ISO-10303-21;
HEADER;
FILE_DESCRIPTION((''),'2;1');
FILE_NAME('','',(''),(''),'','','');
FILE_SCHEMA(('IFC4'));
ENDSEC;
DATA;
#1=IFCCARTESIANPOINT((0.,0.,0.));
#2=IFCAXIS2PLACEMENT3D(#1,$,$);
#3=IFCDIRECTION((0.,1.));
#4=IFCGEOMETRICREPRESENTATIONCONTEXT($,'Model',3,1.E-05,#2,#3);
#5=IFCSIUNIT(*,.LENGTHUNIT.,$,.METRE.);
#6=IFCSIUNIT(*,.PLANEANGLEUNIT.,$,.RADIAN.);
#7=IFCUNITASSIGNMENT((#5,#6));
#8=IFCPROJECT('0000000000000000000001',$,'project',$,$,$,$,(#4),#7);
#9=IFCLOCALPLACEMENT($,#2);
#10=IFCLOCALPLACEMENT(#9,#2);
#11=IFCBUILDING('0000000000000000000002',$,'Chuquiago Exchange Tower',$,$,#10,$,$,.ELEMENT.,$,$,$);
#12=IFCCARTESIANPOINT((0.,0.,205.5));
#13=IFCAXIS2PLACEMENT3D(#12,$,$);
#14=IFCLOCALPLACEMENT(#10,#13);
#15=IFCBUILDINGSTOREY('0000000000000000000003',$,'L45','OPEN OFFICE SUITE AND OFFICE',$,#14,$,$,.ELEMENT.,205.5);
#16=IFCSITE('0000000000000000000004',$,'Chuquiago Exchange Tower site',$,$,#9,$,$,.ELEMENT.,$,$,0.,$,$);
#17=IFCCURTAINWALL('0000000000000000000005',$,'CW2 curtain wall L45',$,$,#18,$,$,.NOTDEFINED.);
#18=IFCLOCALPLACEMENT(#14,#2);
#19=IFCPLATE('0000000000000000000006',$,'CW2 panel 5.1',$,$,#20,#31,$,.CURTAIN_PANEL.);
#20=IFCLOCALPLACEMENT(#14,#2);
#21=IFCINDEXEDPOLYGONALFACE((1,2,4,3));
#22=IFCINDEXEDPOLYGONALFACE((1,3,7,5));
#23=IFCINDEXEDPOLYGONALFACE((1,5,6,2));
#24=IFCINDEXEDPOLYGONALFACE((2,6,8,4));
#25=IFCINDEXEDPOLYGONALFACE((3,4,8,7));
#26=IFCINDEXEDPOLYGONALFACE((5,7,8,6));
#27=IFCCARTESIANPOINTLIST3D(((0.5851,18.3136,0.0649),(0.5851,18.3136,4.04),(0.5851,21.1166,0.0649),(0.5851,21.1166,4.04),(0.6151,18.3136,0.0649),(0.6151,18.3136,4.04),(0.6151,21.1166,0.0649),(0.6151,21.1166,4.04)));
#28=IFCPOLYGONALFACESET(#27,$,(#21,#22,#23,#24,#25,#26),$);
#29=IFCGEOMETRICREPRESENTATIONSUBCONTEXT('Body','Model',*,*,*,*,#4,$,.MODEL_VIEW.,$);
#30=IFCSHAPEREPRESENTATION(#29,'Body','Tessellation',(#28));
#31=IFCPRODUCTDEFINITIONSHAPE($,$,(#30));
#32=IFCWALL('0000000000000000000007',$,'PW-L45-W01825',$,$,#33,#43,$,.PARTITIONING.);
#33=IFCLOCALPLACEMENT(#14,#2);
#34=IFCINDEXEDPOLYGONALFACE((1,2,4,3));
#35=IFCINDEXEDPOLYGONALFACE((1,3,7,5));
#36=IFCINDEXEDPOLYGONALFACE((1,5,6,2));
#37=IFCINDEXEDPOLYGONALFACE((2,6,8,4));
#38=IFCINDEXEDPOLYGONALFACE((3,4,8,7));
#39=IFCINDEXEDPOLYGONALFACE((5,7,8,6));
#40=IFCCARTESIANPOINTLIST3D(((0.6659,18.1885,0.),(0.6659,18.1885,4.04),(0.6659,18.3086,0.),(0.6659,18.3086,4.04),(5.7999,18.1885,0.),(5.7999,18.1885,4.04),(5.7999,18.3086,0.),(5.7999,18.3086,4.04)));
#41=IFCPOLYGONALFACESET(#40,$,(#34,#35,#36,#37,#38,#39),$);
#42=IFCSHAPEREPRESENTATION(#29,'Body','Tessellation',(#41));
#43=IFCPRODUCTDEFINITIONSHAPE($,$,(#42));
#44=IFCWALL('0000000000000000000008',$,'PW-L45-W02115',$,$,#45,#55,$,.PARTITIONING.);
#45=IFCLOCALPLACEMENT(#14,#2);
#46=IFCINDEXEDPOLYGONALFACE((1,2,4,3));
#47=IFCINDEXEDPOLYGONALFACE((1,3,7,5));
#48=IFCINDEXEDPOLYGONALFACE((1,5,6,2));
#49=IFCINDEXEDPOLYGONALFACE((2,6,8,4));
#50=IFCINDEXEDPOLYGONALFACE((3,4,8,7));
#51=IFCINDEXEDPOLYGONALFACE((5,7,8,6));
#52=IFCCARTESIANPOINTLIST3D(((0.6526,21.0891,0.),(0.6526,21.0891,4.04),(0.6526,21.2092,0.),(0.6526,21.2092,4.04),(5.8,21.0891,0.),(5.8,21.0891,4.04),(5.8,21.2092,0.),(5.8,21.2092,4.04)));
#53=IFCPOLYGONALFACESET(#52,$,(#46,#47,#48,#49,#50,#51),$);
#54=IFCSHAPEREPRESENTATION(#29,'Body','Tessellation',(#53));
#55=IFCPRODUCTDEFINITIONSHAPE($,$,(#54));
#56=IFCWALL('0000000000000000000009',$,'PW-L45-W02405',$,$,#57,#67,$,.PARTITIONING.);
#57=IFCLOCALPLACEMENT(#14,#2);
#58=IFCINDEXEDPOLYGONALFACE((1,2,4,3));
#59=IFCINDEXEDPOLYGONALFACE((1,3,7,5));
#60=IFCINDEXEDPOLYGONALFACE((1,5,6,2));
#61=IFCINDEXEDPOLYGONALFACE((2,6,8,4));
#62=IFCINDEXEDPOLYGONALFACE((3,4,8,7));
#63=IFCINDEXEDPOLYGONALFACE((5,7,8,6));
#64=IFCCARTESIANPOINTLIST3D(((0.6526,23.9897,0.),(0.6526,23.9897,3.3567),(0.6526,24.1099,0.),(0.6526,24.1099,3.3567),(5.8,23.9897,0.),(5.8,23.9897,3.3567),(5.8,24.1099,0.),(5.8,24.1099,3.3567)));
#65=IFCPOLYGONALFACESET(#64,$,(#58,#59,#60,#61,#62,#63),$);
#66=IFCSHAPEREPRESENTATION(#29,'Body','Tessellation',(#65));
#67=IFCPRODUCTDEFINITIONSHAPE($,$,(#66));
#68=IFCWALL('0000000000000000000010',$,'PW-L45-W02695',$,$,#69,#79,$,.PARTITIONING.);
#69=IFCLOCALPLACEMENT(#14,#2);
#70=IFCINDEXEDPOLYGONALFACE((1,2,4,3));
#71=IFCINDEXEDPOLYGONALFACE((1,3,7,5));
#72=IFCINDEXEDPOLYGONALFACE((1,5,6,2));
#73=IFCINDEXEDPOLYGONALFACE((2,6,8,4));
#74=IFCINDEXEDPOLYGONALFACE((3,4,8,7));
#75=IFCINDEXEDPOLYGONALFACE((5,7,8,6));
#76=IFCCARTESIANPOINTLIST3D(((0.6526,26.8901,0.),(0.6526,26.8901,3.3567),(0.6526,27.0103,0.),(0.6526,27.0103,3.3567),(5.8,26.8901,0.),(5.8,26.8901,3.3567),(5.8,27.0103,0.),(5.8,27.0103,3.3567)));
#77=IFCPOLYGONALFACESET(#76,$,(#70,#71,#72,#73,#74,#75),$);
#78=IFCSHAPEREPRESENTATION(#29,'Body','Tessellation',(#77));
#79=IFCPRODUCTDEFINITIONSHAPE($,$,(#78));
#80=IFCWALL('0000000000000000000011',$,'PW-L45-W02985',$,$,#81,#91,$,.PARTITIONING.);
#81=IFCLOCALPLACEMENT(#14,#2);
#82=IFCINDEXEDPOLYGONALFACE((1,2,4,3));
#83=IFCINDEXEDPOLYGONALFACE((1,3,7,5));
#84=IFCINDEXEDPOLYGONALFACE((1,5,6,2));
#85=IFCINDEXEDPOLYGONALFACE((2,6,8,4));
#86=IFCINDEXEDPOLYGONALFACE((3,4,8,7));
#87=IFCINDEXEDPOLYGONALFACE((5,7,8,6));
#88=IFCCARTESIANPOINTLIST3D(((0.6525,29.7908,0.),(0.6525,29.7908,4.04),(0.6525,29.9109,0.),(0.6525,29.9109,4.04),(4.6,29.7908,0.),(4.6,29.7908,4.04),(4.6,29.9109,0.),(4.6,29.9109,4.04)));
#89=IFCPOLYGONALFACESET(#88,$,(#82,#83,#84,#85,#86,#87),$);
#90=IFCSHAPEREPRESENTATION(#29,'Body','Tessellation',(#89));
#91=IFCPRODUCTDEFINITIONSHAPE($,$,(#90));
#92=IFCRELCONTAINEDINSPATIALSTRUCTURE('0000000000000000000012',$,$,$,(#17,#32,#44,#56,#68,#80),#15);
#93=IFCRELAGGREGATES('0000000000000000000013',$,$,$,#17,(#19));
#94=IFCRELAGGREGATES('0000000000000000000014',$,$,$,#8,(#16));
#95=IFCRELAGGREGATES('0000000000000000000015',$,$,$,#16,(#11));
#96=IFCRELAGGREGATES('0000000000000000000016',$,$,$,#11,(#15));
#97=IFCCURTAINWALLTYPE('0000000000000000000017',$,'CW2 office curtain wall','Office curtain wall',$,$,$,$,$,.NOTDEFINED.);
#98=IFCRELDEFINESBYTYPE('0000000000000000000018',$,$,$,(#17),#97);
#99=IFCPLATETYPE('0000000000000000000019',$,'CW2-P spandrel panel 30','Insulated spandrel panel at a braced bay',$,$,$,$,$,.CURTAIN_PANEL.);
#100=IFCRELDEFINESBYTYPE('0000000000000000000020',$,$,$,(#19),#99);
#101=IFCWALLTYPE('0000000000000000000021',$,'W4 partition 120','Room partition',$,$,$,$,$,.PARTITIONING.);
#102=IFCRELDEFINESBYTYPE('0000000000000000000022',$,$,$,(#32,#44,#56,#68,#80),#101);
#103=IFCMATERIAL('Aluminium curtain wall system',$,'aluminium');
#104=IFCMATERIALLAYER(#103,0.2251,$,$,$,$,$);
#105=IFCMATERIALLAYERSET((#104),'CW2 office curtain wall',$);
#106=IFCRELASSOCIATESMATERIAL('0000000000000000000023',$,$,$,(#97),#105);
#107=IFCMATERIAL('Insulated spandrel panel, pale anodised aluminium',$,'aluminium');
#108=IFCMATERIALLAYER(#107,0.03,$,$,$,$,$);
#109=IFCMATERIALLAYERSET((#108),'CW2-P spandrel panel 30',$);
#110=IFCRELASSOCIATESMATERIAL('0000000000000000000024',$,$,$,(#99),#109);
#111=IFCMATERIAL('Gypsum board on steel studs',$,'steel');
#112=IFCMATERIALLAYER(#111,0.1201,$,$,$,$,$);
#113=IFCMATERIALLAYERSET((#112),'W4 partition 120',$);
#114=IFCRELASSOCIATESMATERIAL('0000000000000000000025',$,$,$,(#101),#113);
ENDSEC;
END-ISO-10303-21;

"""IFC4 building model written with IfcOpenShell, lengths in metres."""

from ifc_helpers import new_model, si_unit, direction, frame, frame_2d, origin, origin_2d, place, context, subcontext, project, spatial, rectangle, extrude, material, layer, layer_set, type_object, element, aggregate, save


model = new_model("IFC4")

# Units and contexts
model_context = context("Model", 3, precision=1e-05, world=origin(), true_north=direction((0.0, 1.0)))
body_context = subcontext(model_context, "Body", "Model", "MODEL_VIEW")
ifc_project = project(units=[si_unit("LENGTHUNIT", "METRE"), si_unit("PLANEANGLEUNIT", "RADIAN")], contexts=[model_context])

# Site, building, storey
site_placement = place(None, origin())
site = spatial("IfcSite", under=ifc_project, at=site_placement, Name="Chuquiago Exchange Tower site", CompositionType="ELEMENT", RefElevation=0.0)
building_placement = place(site_placement, origin())
building = spatial("IfcBuilding", under=site, at=building_placement, Name="Chuquiago Exchange Tower", CompositionType="ELEMENT")
storey_placement = place(building_placement, frame((0.0, 0.0, 205.5)))
storey = spatial("IfcBuildingStorey", under=building, at=storey_placement, Name="L45", Description="OPEN OFFICE SUITE AND OFFICE", CompositionType="ELEMENT", Elevation=205.5)

# Curtain wall
ifc_material_1 = material(Name="Aluminium curtain wall system", Category="aluminium")
ifc_layer_1 = layer(ifc_material_1, 0.2251)
ifc_layer_set_1 = layer_set([ifc_layer_1], Name="CW2 office curtain wall")
curtain_wall_type = type_object("IfcCurtainWallType", Name="CW2 office curtain wall", Description="Office curtain wall", PredefinedType="NOTDEFINED", material=ifc_layer_set_1)
curtain_wall_placement = place(storey_placement, origin())
curtain_wall = element("IfcCurtainWall", 1, at=curtain_wall_placement, inside=storey, type_object=curtain_wall_type, Name="CW2 curtain wall L45", PredefinedType="NOTDEFINED")

# Plate
ifc_material_2 = material(Name="Insulated spandrel panel, pale anodised aluminium", Category="aluminium")
ifc_layer_2 = layer(ifc_material_2, 0.03)
ifc_layer_set_2 = layer_set([ifc_layer_2], Name="CW2-P spandrel panel 30")
plate_type_1 = type_object("IfcPlateType", Name="CW2-P spandrel panel 30", Description="Insulated spandrel panel at a braced bay", PredefinedType="CURTAIN_PANEL", material=ifc_layer_set_2)
plate_1_placement = place(storey_placement, frame((0.6001, 19.7151, 0.0649), z_axis=(0.0, 0.0, 1.0), x_axis=(0.0, -1.0, 0.0)))
plate_1 = element("IfcPlate", 2, at=plate_1_placement, type_object=plate_type_1, Name="CW2 panel 5.1", PredefinedType="CURTAIN_PANEL", context=body_context, shape_type="SweptSolid", body=[
    extrude(rectangle(XDim=2.803, YDim=0.03, at=origin_2d()), origin(), (0.0, 0.0, 1.0), 3.9751),
])
aggregate(curtain_wall, [plate_1])

# Walls
ifc_material_3 = material(Name="Gypsum board on steel studs", Category="steel")
ifc_layer_3 = layer(ifc_material_3, 0.1201)
ifc_layer_set_3 = layer_set([ifc_layer_3], Name="W4 partition 120")
wall_type = type_object("IfcWallType", Name="W4 partition 120", Description="Room partition", PredefinedType="PARTITIONING", material=ifc_layer_set_3)
wall_1_placement = place(storey_placement, frame((0.666, 18.2485, 0.0), z_axis=(0.0, 0.0, 1.0), x_axis=(1.0, 0.0, 0.0)))
element("IfcWall", 3, at=wall_1_placement, inside=storey, type_object=wall_type, Name="PW-L45-W01825", PredefinedType="PARTITIONING", context=body_context, shape_type="SweptSolid", body=[
    extrude(rectangle(XDim=5.134, YDim=0.1201, at=frame_2d((2.5669, 0.0))), origin(), (0.0, 0.0, 1.0), 4.04),
])
wall_2_placement = place(storey_placement, frame((0.6526, 21.1492, 0.0), z_axis=(0.0, 0.0, 1.0), x_axis=(1.0, 0.0, 0.0)))
element("IfcWall", 4, at=wall_2_placement, inside=storey, type_object=wall_type, Name="PW-L45-W02115", PredefinedType="PARTITIONING", context=body_context, shape_type="SweptSolid", body=[
    extrude(rectangle(XDim=5.1475, YDim=0.1201, at=frame_2d((2.5737, 0.0))), origin(), (0.0, 0.0, 1.0), 4.04),
])
for number, where, z_axis, x_axis, name in (
    (5, (0.6526, 24.0498, 0.0), (0.0, 0.0, 1.0), (1.0, 0.0, 0.0), "PW-L45-W02405"),
    (6, (0.6526, 26.9502, 0.0), (0.0, 0.0, 1.0), (1.0, 0.0, 0.0), "PW-L45-W02695"),
):
    element("IfcWall", number, at=place(storey_placement, frame(where, z_axis=z_axis, x_axis=x_axis)), inside=storey, type_object=wall_type, Name=name, PredefinedType="PARTITIONING", context=body_context, shape_type="SweptSolid", body=[
        extrude(rectangle(XDim=5.1475, YDim=0.1201, at=frame_2d((2.5737, 0.0))), origin(), (0.0, 0.0, 1.0), 3.3567),
    ])
wall_3_placement = place(storey_placement, frame((0.6526, 29.8508, 0.0), z_axis=(0.0, 0.0, 1.0), x_axis=(1.0, 0.0, 0.0)))
element("IfcWall", 7, at=wall_3_placement, inside=storey, type_object=wall_type, Name="PW-L45-W02985", PredefinedType="PARTITIONING", context=body_context, shape_type="SweptSolid", body=[
    extrude(rectangle(XDim=3.9475, YDim=0.1201, at=frame_2d((1.9736, 0.0))), origin(), (0.0, 0.0, 1.0), 4.04),
])

save(model, "model.ifc")
